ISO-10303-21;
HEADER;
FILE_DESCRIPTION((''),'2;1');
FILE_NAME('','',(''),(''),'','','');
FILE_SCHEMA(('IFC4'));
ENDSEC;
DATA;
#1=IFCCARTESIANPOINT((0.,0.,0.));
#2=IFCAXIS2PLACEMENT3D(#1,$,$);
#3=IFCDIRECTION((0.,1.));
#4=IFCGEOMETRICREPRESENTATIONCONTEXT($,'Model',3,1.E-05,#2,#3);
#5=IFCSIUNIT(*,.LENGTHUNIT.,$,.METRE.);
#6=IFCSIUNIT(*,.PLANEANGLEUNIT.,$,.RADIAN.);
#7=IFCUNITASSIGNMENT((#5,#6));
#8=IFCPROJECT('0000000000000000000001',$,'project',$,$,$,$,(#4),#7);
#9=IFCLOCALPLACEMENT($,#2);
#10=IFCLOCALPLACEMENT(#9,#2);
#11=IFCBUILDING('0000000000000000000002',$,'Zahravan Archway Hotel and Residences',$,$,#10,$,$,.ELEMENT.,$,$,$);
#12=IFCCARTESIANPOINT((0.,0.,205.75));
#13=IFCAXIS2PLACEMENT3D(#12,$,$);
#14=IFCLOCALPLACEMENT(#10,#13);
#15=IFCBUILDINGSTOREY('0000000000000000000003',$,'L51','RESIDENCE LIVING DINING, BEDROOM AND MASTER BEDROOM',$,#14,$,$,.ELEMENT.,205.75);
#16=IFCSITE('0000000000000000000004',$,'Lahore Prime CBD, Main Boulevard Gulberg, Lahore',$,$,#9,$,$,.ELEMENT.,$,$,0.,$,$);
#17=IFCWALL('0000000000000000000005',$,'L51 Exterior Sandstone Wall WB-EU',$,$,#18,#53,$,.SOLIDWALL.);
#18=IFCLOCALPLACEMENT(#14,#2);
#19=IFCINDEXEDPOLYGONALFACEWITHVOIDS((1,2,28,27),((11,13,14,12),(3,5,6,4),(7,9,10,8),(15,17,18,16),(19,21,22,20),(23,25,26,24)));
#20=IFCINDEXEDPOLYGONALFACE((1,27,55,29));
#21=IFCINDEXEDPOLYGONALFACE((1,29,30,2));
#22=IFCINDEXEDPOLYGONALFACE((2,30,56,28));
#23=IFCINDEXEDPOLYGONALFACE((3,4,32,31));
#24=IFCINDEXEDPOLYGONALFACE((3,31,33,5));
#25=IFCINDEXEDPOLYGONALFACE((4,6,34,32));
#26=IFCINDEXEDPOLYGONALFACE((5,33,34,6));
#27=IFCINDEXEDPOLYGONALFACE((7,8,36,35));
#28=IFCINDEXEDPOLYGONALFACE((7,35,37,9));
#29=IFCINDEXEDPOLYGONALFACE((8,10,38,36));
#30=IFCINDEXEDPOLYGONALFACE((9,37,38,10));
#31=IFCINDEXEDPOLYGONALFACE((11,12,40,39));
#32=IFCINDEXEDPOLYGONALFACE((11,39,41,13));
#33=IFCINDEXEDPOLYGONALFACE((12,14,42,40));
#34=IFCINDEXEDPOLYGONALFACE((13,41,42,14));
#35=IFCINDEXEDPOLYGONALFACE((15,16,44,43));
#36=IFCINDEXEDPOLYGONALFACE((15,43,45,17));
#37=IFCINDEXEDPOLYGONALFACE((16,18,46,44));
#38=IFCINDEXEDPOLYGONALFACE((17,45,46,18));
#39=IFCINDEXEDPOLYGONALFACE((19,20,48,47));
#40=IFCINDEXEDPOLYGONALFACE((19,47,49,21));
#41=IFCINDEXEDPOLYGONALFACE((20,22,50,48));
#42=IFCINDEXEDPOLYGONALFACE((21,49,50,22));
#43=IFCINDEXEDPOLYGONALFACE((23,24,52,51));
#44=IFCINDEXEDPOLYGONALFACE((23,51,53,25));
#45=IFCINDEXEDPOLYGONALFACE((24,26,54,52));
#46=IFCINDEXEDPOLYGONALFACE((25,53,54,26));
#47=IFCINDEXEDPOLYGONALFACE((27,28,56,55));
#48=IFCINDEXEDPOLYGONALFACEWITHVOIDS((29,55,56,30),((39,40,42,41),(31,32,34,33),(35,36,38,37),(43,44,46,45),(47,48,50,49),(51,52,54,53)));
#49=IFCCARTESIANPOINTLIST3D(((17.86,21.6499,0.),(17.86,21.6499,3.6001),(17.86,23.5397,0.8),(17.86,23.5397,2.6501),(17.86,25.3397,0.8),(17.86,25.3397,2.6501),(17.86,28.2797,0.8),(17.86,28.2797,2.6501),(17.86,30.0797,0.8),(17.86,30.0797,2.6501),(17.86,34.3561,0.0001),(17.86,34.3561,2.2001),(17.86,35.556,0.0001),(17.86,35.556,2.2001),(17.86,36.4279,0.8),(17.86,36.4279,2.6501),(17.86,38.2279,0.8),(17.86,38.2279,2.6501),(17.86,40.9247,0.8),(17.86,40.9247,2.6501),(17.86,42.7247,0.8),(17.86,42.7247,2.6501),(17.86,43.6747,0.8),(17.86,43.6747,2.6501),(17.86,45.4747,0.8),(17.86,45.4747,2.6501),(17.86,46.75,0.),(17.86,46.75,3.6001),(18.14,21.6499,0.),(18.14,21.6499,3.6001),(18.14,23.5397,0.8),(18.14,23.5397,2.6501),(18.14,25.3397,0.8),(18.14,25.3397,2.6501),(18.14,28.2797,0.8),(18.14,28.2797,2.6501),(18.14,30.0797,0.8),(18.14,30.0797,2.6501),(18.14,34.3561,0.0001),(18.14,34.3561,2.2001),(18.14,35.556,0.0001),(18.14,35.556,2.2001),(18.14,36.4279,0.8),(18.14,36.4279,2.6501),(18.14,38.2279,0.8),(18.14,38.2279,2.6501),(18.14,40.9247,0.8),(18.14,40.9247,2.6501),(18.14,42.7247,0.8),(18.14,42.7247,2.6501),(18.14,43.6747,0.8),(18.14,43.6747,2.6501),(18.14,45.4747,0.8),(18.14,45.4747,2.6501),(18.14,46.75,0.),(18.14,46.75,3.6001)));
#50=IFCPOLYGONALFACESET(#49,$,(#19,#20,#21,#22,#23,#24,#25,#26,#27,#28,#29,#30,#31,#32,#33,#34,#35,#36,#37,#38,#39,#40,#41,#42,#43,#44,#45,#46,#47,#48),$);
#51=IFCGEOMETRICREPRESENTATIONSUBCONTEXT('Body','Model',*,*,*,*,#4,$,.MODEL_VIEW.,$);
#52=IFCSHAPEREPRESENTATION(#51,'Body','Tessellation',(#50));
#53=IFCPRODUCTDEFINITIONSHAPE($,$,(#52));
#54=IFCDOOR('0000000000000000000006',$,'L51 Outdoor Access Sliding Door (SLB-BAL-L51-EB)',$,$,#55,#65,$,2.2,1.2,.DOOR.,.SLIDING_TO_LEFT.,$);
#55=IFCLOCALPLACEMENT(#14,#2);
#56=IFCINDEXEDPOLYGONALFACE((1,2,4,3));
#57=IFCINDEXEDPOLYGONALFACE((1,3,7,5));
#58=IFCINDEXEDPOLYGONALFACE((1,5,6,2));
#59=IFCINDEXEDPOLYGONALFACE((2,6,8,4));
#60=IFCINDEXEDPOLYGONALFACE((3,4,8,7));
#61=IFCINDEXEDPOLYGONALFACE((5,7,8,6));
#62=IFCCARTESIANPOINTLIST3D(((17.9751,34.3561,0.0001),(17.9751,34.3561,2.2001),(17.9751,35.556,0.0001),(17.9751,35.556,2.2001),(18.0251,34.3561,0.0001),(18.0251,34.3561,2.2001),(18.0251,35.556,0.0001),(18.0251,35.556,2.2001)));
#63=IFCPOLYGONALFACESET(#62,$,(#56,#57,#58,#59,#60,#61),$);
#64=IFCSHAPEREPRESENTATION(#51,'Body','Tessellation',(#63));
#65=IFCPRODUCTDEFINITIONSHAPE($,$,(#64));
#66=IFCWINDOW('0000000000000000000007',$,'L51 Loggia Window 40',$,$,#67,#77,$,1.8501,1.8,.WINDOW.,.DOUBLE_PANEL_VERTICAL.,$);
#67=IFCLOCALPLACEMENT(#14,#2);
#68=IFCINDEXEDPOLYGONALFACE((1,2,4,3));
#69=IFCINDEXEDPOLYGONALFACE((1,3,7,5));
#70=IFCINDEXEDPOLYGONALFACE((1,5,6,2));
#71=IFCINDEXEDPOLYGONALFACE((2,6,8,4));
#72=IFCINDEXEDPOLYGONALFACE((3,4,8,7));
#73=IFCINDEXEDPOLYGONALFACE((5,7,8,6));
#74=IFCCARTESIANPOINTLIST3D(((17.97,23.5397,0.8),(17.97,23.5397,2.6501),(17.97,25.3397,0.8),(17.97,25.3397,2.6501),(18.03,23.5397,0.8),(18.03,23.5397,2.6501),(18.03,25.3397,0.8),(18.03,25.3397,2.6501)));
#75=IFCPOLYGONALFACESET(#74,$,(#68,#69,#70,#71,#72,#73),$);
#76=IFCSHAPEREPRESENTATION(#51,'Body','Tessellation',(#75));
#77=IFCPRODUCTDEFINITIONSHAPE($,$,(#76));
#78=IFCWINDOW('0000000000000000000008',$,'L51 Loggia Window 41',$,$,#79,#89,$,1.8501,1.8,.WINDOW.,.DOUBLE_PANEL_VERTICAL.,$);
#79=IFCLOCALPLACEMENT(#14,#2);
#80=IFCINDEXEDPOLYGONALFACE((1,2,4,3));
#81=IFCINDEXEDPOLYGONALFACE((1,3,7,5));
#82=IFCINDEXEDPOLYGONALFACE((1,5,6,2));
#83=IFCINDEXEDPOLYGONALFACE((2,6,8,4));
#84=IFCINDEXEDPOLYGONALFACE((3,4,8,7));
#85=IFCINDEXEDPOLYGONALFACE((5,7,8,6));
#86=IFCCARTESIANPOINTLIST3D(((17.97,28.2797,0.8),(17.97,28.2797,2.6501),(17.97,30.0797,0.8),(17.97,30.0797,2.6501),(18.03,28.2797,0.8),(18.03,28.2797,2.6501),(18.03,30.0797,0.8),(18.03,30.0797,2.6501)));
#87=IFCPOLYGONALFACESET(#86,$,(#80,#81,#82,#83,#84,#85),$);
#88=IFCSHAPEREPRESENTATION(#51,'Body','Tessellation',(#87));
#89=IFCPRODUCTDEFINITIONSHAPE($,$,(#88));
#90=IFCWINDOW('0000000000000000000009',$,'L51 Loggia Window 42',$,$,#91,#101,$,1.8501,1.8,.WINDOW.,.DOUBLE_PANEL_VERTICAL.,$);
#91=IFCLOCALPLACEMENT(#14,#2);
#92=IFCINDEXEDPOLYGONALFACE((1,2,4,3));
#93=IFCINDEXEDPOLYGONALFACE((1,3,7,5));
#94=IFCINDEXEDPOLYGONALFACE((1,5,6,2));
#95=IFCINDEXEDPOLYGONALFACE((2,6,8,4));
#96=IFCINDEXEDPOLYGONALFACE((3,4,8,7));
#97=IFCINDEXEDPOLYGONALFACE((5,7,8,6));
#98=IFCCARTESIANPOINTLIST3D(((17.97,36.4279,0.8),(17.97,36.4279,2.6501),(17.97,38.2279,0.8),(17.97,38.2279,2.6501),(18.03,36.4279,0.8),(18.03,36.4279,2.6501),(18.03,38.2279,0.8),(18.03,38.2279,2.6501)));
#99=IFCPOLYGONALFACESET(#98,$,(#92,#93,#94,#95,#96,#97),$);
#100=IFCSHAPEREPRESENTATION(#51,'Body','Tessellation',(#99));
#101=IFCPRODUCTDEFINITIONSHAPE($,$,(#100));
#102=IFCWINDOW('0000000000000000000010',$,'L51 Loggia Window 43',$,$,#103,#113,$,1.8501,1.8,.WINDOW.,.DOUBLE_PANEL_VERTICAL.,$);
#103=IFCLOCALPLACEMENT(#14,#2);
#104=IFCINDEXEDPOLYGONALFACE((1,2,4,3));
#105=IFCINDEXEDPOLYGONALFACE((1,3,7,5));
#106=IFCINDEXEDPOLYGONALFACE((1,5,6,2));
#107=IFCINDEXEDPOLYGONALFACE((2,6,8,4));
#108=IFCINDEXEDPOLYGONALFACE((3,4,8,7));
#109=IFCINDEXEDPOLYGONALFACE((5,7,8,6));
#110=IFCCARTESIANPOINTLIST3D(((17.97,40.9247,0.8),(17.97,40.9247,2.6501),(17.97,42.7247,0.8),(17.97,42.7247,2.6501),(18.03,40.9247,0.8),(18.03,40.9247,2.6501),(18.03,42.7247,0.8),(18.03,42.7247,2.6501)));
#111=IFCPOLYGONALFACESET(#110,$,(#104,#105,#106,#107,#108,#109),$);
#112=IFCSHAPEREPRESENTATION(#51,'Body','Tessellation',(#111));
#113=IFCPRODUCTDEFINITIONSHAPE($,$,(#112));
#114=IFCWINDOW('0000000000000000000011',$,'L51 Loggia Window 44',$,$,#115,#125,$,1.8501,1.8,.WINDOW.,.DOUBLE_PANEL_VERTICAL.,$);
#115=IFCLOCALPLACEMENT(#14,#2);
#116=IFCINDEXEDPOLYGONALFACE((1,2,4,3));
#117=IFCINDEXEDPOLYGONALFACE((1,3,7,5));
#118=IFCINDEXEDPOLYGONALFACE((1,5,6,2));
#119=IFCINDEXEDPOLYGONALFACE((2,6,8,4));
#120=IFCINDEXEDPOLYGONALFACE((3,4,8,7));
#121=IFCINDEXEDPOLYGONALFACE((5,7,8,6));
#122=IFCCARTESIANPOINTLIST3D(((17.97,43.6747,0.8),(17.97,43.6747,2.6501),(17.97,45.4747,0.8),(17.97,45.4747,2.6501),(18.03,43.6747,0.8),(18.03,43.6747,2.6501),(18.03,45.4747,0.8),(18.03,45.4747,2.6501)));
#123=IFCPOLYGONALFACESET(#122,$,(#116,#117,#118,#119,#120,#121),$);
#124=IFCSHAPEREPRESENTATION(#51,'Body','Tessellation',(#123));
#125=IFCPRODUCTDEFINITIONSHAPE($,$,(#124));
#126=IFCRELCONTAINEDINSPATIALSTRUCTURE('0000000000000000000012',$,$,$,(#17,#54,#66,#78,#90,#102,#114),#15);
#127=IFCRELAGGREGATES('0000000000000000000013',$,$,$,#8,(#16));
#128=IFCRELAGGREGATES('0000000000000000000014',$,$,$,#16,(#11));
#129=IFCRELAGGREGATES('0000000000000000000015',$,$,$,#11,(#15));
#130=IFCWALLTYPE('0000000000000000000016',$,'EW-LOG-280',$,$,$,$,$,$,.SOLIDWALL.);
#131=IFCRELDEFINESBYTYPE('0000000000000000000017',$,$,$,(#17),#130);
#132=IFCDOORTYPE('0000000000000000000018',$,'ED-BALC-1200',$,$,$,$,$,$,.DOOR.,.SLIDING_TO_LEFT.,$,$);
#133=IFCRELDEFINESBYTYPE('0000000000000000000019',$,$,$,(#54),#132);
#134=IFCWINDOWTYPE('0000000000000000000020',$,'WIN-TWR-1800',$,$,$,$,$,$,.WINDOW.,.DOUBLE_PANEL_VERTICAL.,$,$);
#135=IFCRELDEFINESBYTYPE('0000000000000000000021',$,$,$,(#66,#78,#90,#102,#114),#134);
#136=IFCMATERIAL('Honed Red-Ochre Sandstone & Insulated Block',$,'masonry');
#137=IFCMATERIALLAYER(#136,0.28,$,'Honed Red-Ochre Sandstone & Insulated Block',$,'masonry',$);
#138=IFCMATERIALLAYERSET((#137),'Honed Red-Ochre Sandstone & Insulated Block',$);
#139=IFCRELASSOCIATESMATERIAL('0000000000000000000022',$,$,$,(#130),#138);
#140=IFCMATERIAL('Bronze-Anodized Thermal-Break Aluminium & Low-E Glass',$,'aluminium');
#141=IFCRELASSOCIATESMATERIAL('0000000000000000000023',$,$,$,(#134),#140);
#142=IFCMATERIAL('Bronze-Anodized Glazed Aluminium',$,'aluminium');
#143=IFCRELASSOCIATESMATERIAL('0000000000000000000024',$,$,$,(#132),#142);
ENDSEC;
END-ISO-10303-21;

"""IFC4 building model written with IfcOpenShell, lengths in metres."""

from ifc_helpers import new_model, si_unit, direction, frame, frame_2d, origin, place, context, subcontext, project, spatial, rectangle, extrude, source, transform, mapped, material, layer, layer_set, type_object, type_shapes, element, fill, save


model = new_model("IFC4")

# Units and contexts
model_context = context("Model", 3, precision=1e-05, world=origin(), true_north=direction((0.0, 1.0)))
body_context = subcontext(model_context, "Body", "Model", "MODEL_VIEW")
ifc_project = project(units=[si_unit("LENGTHUNIT", "METRE"), si_unit("PLANEANGLEUNIT", "RADIAN")], contexts=[model_context])

# Site, building, storey
site_placement = place(None, origin())
site = spatial("IfcSite", under=ifc_project, at=site_placement, Name="Lahore Prime CBD, Main Boulevard Gulberg, Lahore", CompositionType="ELEMENT", RefElevation=0.0)
building_placement = place(site_placement, origin())
building = spatial("IfcBuilding", under=site, at=building_placement, Name="Zahravan Archway Hotel and Residences", CompositionType="ELEMENT")
storey_placement = place(building_placement, frame((0.0, 0.0, 205.75)))
storey = spatial("IfcBuildingStorey", under=building, at=storey_placement, Name="L51", Description="RESIDENCE LIVING DINING, BEDROOM AND MASTER BEDROOM", CompositionType="ELEMENT", Elevation=205.75)

# Shared definitions
ifc_material_1 = material(Name="Honed Red-Ochre Sandstone & Insulated Block", Category="masonry")
ifc_layer = layer(ifc_material_1, 0.28, Name="Honed Red-Ochre Sandstone & Insulated Block", Category="masonry")
ifc_layer_set = layer_set([ifc_layer], Name="Honed Red-Ochre Sandstone & Insulated Block")
wall_type = type_object("IfcWallType", Name="EW-LOG-280", PredefinedType="SOLIDWALL", material=ifc_layer_set)
ifc_material_2 = material(Name="Bronze-Anodized Thermal-Break Aluminium & Low-E Glass", Category="aluminium")
window_type_1 = type_object("IfcWindowType", Name="WIN-TWR-1800", PartitioningType="DOUBLE_PANEL_VERTICAL", PredefinedType="WINDOW", material=ifc_material_2)
shared_shape_1 = source(origin(), body_context, "Body", "SweptSolid", [
    extrude(rectangle(XDim=1.8, YDim=1.8501, at=frame_2d((0.8999, 0.925))), frame((0.0, 0.03, 0.0), z_axis=(0.0, -1.0, 0.0), x_axis=(1.0, 0.0, 0.0)), (0.0, 0.0, 1.0), 0.0601),
])
type_shapes(window_type_1, [shared_shape_1])

# Wall, openings, door, windows
wall_1_placement = place(storey_placement, frame((18.0, 21.6499, 0.0), z_axis=(0.0, 0.0, 1.0), x_axis=(0.0, 1.0, 0.0)))
wall_1 = element("IfcWall", 1, at=wall_1_placement, inside=storey, type_object=wall_type, Name="L51 Exterior Sandstone Wall WB-EU", PredefinedType="SOLIDWALL", context=body_context, shape_type="SweptSolid", body=[
    extrude(rectangle(XDim=25.1001, YDim=0.28, at=frame_2d((12.55, 0.0))), origin(), (0.0, 0.0, 1.0), 3.6001),
])
opening_1_placement = place(wall_1_placement, frame((12.7061, 0.0, 0.0)))
opening_1 = element("IfcOpeningElement", 2, at=opening_1_placement, cuts=wall_1, PredefinedType="OPENING", context=body_context, shape_type="SweptSolid", body=[
    extrude(rectangle(XDim=1.2, YDim=2.2, at=frame_2d((0.6001, 1.1001))), frame((0.0, 0.1499, 0.0), z_axis=(0.0, -1.0, 0.0), x_axis=(1.0, 0.0, 0.0)), (0.0, 0.0, 1.0), 0.3),
])
opening_2_placement = place(wall_1_placement, frame((1.8899, 0.0, 0.8)))
opening_2 = element("IfcOpeningElement", 3, at=opening_2_placement, cuts=wall_1, PredefinedType="OPENING", context=body_context, shape_type="SweptSolid", body=[
    extrude(rectangle(XDim=1.8, YDim=1.8501, at=frame_2d((0.8999, 0.925))), frame((0.0, 0.1499, 0.0), z_axis=(0.0, -1.0, 0.0), x_axis=(1.0, 0.0, 0.0)), (0.0, 0.0, 1.0), 0.3),
])
opening_3_placement = place(wall_1_placement, frame((6.6299, 0.0, 0.8)))
opening_3 = element("IfcOpeningElement", 4, at=opening_3_placement, cuts=wall_1, PredefinedType="OPENING", context=body_context, shape_type="SweptSolid", body=[
    extrude(rectangle(XDim=1.8, YDim=1.8501, at=frame_2d((0.8999, 0.925))), frame((0.0, 0.1499, 0.0), z_axis=(0.0, -1.0, 0.0), x_axis=(1.0, 0.0, 0.0)), (0.0, 0.0, 1.0), 0.3),
])
opening_4_placement = place(wall_1_placement, frame((14.7781, 0.0, 0.8)))
opening_4 = element("IfcOpeningElement", 5, at=opening_4_placement, cuts=wall_1, PredefinedType="OPENING", context=body_context, shape_type="SweptSolid", body=[
    extrude(rectangle(XDim=1.8, YDim=1.8501, at=frame_2d((0.8999, 0.925))), frame((0.0, 0.1499, 0.0), z_axis=(0.0, -1.0, 0.0), x_axis=(1.0, 0.0, 0.0)), (0.0, 0.0, 1.0), 0.3),
])
opening_5_placement = place(wall_1_placement, frame((19.2749, 0.0, 0.8)))
opening_5 = element("IfcOpeningElement", 6, at=opening_5_placement, cuts=wall_1, PredefinedType="OPENING", context=body_context, shape_type="SweptSolid", body=[
    extrude(rectangle(XDim=1.8, YDim=1.8501, at=frame_2d((0.8999, 0.925))), frame((0.0, 0.1499, 0.0), z_axis=(0.0, -1.0, 0.0), x_axis=(1.0, 0.0, 0.0)), (0.0, 0.0, 1.0), 0.3),
])
opening_6_placement = place(wall_1_placement, frame((22.0249, 0.0, 0.8)))
opening_6 = element("IfcOpeningElement", 7, at=opening_6_placement, cuts=wall_1, PredefinedType="OPENING", context=body_context, shape_type="SweptSolid", body=[
    extrude(rectangle(XDim=1.8, YDim=1.8501, at=frame_2d((0.8999, 0.925))), frame((0.0, 0.1499, 0.0), z_axis=(0.0, -1.0, 0.0), x_axis=(1.0, 0.0, 0.0)), (0.0, 0.0, 1.0), 0.3),
])
ifc_material_3 = material(Name="Bronze-Anodized Glazed Aluminium", Category="aluminium")
door_type = type_object("IfcDoorType", Name="ED-BALC-1200", OperationType="SLIDING_TO_LEFT", PredefinedType="DOOR", material=ifc_material_3)
shared_shape_2 = source(origin(), body_context, "Body", "SweptSolid", [
    extrude(rectangle(XDim=1.2, YDim=2.2, at=frame_2d((0.6001, 1.1001))), frame((0.0, 0.0249, 0.0), z_axis=(0.0, -1.0, 0.0), x_axis=(1.0, 0.0, 0.0)), (0.0, 0.0, 1.0), 0.05),
])
type_shapes(door_type, [shared_shape_2])
door_placement = place(opening_1_placement, origin())
door = element("IfcDoor", 8, at=door_placement, inside=storey, type_object=door_type, Name="L51 Outdoor Access Sliding Door (SLB-BAL-L51-EB)", OperationType="SLIDING_TO_LEFT", OverallHeight=2.2, OverallWidth=1.2, PredefinedType="DOOR", context=body_context, shape_type="MappedRepresentation", body=[
    mapped(shared_shape_2, transform((0.0, 0.0, 0.0), scale=1.0)),
])
fill(opening_1, door)
window_1_placement = place(opening_2_placement, origin())
window_1 = element("IfcWindow", 9, at=window_1_placement, inside=storey, type_object=window_type_1, Name="L51 Loggia Window 40", OverallHeight=1.8501, OverallWidth=1.8, PartitioningType="DOUBLE_PANEL_VERTICAL", PredefinedType="WINDOW", context=body_context, shape_type="MappedRepresentation", body=[
    mapped(shared_shape_1, transform((0.0, 0.0, 0.0), scale=1.0)),
])
fill(opening_2, window_1)
window_2_placement = place(opening_3_placement, origin())
window_2 = element("IfcWindow", 10, at=window_2_placement, inside=storey, type_object=window_type_1, Name="L51 Loggia Window 41", OverallHeight=1.8501, OverallWidth=1.8, PartitioningType="DOUBLE_PANEL_VERTICAL", PredefinedType="WINDOW", context=body_context, shape_type="MappedRepresentation", body=[
    mapped(shared_shape_1, transform((0.0, 0.0, 0.0), scale=1.0)),
])
fill(opening_3, window_2)
window_3_placement = place(opening_4_placement, origin())
window_3 = element("IfcWindow", 11, at=window_3_placement, inside=storey, type_object=window_type_1, Name="L51 Loggia Window 42", OverallHeight=1.8501, OverallWidth=1.8, PartitioningType="DOUBLE_PANEL_VERTICAL", PredefinedType="WINDOW", context=body_context, shape_type="MappedRepresentation", body=[
    mapped(shared_shape_1, transform((0.0, 0.0, 0.0), scale=1.0)),
])
fill(opening_4, window_3)
window_4_placement = place(opening_5_placement, origin())
window_4 = element("IfcWindow", 12, at=window_4_placement, inside=storey, type_object=window_type_1, Name="L51 Loggia Window 43", OverallHeight=1.8501, OverallWidth=1.8, PartitioningType="DOUBLE_PANEL_VERTICAL", PredefinedType="WINDOW", context=body_context, shape_type="MappedRepresentation", body=[
    mapped(shared_shape_1, transform((0.0, 0.0, 0.0), scale=1.0)),
])
fill(opening_5, window_4)
window_5_placement = place(opening_6_placement, origin())
window_5 = element("IfcWindow", 13, at=window_5_placement, inside=storey, type_object=window_type_1, Name="L51 Loggia Window 44", OverallHeight=1.8501, OverallWidth=1.8, PartitioningType="DOUBLE_PANEL_VERTICAL", PredefinedType="WINDOW", context=body_context, shape_type="MappedRepresentation", body=[
    mapped(shared_shape_1, transform((0.0, 0.0, 0.0), scale=1.0)),
])
fill(opening_6, window_5)

save(model, "model.ifc")
